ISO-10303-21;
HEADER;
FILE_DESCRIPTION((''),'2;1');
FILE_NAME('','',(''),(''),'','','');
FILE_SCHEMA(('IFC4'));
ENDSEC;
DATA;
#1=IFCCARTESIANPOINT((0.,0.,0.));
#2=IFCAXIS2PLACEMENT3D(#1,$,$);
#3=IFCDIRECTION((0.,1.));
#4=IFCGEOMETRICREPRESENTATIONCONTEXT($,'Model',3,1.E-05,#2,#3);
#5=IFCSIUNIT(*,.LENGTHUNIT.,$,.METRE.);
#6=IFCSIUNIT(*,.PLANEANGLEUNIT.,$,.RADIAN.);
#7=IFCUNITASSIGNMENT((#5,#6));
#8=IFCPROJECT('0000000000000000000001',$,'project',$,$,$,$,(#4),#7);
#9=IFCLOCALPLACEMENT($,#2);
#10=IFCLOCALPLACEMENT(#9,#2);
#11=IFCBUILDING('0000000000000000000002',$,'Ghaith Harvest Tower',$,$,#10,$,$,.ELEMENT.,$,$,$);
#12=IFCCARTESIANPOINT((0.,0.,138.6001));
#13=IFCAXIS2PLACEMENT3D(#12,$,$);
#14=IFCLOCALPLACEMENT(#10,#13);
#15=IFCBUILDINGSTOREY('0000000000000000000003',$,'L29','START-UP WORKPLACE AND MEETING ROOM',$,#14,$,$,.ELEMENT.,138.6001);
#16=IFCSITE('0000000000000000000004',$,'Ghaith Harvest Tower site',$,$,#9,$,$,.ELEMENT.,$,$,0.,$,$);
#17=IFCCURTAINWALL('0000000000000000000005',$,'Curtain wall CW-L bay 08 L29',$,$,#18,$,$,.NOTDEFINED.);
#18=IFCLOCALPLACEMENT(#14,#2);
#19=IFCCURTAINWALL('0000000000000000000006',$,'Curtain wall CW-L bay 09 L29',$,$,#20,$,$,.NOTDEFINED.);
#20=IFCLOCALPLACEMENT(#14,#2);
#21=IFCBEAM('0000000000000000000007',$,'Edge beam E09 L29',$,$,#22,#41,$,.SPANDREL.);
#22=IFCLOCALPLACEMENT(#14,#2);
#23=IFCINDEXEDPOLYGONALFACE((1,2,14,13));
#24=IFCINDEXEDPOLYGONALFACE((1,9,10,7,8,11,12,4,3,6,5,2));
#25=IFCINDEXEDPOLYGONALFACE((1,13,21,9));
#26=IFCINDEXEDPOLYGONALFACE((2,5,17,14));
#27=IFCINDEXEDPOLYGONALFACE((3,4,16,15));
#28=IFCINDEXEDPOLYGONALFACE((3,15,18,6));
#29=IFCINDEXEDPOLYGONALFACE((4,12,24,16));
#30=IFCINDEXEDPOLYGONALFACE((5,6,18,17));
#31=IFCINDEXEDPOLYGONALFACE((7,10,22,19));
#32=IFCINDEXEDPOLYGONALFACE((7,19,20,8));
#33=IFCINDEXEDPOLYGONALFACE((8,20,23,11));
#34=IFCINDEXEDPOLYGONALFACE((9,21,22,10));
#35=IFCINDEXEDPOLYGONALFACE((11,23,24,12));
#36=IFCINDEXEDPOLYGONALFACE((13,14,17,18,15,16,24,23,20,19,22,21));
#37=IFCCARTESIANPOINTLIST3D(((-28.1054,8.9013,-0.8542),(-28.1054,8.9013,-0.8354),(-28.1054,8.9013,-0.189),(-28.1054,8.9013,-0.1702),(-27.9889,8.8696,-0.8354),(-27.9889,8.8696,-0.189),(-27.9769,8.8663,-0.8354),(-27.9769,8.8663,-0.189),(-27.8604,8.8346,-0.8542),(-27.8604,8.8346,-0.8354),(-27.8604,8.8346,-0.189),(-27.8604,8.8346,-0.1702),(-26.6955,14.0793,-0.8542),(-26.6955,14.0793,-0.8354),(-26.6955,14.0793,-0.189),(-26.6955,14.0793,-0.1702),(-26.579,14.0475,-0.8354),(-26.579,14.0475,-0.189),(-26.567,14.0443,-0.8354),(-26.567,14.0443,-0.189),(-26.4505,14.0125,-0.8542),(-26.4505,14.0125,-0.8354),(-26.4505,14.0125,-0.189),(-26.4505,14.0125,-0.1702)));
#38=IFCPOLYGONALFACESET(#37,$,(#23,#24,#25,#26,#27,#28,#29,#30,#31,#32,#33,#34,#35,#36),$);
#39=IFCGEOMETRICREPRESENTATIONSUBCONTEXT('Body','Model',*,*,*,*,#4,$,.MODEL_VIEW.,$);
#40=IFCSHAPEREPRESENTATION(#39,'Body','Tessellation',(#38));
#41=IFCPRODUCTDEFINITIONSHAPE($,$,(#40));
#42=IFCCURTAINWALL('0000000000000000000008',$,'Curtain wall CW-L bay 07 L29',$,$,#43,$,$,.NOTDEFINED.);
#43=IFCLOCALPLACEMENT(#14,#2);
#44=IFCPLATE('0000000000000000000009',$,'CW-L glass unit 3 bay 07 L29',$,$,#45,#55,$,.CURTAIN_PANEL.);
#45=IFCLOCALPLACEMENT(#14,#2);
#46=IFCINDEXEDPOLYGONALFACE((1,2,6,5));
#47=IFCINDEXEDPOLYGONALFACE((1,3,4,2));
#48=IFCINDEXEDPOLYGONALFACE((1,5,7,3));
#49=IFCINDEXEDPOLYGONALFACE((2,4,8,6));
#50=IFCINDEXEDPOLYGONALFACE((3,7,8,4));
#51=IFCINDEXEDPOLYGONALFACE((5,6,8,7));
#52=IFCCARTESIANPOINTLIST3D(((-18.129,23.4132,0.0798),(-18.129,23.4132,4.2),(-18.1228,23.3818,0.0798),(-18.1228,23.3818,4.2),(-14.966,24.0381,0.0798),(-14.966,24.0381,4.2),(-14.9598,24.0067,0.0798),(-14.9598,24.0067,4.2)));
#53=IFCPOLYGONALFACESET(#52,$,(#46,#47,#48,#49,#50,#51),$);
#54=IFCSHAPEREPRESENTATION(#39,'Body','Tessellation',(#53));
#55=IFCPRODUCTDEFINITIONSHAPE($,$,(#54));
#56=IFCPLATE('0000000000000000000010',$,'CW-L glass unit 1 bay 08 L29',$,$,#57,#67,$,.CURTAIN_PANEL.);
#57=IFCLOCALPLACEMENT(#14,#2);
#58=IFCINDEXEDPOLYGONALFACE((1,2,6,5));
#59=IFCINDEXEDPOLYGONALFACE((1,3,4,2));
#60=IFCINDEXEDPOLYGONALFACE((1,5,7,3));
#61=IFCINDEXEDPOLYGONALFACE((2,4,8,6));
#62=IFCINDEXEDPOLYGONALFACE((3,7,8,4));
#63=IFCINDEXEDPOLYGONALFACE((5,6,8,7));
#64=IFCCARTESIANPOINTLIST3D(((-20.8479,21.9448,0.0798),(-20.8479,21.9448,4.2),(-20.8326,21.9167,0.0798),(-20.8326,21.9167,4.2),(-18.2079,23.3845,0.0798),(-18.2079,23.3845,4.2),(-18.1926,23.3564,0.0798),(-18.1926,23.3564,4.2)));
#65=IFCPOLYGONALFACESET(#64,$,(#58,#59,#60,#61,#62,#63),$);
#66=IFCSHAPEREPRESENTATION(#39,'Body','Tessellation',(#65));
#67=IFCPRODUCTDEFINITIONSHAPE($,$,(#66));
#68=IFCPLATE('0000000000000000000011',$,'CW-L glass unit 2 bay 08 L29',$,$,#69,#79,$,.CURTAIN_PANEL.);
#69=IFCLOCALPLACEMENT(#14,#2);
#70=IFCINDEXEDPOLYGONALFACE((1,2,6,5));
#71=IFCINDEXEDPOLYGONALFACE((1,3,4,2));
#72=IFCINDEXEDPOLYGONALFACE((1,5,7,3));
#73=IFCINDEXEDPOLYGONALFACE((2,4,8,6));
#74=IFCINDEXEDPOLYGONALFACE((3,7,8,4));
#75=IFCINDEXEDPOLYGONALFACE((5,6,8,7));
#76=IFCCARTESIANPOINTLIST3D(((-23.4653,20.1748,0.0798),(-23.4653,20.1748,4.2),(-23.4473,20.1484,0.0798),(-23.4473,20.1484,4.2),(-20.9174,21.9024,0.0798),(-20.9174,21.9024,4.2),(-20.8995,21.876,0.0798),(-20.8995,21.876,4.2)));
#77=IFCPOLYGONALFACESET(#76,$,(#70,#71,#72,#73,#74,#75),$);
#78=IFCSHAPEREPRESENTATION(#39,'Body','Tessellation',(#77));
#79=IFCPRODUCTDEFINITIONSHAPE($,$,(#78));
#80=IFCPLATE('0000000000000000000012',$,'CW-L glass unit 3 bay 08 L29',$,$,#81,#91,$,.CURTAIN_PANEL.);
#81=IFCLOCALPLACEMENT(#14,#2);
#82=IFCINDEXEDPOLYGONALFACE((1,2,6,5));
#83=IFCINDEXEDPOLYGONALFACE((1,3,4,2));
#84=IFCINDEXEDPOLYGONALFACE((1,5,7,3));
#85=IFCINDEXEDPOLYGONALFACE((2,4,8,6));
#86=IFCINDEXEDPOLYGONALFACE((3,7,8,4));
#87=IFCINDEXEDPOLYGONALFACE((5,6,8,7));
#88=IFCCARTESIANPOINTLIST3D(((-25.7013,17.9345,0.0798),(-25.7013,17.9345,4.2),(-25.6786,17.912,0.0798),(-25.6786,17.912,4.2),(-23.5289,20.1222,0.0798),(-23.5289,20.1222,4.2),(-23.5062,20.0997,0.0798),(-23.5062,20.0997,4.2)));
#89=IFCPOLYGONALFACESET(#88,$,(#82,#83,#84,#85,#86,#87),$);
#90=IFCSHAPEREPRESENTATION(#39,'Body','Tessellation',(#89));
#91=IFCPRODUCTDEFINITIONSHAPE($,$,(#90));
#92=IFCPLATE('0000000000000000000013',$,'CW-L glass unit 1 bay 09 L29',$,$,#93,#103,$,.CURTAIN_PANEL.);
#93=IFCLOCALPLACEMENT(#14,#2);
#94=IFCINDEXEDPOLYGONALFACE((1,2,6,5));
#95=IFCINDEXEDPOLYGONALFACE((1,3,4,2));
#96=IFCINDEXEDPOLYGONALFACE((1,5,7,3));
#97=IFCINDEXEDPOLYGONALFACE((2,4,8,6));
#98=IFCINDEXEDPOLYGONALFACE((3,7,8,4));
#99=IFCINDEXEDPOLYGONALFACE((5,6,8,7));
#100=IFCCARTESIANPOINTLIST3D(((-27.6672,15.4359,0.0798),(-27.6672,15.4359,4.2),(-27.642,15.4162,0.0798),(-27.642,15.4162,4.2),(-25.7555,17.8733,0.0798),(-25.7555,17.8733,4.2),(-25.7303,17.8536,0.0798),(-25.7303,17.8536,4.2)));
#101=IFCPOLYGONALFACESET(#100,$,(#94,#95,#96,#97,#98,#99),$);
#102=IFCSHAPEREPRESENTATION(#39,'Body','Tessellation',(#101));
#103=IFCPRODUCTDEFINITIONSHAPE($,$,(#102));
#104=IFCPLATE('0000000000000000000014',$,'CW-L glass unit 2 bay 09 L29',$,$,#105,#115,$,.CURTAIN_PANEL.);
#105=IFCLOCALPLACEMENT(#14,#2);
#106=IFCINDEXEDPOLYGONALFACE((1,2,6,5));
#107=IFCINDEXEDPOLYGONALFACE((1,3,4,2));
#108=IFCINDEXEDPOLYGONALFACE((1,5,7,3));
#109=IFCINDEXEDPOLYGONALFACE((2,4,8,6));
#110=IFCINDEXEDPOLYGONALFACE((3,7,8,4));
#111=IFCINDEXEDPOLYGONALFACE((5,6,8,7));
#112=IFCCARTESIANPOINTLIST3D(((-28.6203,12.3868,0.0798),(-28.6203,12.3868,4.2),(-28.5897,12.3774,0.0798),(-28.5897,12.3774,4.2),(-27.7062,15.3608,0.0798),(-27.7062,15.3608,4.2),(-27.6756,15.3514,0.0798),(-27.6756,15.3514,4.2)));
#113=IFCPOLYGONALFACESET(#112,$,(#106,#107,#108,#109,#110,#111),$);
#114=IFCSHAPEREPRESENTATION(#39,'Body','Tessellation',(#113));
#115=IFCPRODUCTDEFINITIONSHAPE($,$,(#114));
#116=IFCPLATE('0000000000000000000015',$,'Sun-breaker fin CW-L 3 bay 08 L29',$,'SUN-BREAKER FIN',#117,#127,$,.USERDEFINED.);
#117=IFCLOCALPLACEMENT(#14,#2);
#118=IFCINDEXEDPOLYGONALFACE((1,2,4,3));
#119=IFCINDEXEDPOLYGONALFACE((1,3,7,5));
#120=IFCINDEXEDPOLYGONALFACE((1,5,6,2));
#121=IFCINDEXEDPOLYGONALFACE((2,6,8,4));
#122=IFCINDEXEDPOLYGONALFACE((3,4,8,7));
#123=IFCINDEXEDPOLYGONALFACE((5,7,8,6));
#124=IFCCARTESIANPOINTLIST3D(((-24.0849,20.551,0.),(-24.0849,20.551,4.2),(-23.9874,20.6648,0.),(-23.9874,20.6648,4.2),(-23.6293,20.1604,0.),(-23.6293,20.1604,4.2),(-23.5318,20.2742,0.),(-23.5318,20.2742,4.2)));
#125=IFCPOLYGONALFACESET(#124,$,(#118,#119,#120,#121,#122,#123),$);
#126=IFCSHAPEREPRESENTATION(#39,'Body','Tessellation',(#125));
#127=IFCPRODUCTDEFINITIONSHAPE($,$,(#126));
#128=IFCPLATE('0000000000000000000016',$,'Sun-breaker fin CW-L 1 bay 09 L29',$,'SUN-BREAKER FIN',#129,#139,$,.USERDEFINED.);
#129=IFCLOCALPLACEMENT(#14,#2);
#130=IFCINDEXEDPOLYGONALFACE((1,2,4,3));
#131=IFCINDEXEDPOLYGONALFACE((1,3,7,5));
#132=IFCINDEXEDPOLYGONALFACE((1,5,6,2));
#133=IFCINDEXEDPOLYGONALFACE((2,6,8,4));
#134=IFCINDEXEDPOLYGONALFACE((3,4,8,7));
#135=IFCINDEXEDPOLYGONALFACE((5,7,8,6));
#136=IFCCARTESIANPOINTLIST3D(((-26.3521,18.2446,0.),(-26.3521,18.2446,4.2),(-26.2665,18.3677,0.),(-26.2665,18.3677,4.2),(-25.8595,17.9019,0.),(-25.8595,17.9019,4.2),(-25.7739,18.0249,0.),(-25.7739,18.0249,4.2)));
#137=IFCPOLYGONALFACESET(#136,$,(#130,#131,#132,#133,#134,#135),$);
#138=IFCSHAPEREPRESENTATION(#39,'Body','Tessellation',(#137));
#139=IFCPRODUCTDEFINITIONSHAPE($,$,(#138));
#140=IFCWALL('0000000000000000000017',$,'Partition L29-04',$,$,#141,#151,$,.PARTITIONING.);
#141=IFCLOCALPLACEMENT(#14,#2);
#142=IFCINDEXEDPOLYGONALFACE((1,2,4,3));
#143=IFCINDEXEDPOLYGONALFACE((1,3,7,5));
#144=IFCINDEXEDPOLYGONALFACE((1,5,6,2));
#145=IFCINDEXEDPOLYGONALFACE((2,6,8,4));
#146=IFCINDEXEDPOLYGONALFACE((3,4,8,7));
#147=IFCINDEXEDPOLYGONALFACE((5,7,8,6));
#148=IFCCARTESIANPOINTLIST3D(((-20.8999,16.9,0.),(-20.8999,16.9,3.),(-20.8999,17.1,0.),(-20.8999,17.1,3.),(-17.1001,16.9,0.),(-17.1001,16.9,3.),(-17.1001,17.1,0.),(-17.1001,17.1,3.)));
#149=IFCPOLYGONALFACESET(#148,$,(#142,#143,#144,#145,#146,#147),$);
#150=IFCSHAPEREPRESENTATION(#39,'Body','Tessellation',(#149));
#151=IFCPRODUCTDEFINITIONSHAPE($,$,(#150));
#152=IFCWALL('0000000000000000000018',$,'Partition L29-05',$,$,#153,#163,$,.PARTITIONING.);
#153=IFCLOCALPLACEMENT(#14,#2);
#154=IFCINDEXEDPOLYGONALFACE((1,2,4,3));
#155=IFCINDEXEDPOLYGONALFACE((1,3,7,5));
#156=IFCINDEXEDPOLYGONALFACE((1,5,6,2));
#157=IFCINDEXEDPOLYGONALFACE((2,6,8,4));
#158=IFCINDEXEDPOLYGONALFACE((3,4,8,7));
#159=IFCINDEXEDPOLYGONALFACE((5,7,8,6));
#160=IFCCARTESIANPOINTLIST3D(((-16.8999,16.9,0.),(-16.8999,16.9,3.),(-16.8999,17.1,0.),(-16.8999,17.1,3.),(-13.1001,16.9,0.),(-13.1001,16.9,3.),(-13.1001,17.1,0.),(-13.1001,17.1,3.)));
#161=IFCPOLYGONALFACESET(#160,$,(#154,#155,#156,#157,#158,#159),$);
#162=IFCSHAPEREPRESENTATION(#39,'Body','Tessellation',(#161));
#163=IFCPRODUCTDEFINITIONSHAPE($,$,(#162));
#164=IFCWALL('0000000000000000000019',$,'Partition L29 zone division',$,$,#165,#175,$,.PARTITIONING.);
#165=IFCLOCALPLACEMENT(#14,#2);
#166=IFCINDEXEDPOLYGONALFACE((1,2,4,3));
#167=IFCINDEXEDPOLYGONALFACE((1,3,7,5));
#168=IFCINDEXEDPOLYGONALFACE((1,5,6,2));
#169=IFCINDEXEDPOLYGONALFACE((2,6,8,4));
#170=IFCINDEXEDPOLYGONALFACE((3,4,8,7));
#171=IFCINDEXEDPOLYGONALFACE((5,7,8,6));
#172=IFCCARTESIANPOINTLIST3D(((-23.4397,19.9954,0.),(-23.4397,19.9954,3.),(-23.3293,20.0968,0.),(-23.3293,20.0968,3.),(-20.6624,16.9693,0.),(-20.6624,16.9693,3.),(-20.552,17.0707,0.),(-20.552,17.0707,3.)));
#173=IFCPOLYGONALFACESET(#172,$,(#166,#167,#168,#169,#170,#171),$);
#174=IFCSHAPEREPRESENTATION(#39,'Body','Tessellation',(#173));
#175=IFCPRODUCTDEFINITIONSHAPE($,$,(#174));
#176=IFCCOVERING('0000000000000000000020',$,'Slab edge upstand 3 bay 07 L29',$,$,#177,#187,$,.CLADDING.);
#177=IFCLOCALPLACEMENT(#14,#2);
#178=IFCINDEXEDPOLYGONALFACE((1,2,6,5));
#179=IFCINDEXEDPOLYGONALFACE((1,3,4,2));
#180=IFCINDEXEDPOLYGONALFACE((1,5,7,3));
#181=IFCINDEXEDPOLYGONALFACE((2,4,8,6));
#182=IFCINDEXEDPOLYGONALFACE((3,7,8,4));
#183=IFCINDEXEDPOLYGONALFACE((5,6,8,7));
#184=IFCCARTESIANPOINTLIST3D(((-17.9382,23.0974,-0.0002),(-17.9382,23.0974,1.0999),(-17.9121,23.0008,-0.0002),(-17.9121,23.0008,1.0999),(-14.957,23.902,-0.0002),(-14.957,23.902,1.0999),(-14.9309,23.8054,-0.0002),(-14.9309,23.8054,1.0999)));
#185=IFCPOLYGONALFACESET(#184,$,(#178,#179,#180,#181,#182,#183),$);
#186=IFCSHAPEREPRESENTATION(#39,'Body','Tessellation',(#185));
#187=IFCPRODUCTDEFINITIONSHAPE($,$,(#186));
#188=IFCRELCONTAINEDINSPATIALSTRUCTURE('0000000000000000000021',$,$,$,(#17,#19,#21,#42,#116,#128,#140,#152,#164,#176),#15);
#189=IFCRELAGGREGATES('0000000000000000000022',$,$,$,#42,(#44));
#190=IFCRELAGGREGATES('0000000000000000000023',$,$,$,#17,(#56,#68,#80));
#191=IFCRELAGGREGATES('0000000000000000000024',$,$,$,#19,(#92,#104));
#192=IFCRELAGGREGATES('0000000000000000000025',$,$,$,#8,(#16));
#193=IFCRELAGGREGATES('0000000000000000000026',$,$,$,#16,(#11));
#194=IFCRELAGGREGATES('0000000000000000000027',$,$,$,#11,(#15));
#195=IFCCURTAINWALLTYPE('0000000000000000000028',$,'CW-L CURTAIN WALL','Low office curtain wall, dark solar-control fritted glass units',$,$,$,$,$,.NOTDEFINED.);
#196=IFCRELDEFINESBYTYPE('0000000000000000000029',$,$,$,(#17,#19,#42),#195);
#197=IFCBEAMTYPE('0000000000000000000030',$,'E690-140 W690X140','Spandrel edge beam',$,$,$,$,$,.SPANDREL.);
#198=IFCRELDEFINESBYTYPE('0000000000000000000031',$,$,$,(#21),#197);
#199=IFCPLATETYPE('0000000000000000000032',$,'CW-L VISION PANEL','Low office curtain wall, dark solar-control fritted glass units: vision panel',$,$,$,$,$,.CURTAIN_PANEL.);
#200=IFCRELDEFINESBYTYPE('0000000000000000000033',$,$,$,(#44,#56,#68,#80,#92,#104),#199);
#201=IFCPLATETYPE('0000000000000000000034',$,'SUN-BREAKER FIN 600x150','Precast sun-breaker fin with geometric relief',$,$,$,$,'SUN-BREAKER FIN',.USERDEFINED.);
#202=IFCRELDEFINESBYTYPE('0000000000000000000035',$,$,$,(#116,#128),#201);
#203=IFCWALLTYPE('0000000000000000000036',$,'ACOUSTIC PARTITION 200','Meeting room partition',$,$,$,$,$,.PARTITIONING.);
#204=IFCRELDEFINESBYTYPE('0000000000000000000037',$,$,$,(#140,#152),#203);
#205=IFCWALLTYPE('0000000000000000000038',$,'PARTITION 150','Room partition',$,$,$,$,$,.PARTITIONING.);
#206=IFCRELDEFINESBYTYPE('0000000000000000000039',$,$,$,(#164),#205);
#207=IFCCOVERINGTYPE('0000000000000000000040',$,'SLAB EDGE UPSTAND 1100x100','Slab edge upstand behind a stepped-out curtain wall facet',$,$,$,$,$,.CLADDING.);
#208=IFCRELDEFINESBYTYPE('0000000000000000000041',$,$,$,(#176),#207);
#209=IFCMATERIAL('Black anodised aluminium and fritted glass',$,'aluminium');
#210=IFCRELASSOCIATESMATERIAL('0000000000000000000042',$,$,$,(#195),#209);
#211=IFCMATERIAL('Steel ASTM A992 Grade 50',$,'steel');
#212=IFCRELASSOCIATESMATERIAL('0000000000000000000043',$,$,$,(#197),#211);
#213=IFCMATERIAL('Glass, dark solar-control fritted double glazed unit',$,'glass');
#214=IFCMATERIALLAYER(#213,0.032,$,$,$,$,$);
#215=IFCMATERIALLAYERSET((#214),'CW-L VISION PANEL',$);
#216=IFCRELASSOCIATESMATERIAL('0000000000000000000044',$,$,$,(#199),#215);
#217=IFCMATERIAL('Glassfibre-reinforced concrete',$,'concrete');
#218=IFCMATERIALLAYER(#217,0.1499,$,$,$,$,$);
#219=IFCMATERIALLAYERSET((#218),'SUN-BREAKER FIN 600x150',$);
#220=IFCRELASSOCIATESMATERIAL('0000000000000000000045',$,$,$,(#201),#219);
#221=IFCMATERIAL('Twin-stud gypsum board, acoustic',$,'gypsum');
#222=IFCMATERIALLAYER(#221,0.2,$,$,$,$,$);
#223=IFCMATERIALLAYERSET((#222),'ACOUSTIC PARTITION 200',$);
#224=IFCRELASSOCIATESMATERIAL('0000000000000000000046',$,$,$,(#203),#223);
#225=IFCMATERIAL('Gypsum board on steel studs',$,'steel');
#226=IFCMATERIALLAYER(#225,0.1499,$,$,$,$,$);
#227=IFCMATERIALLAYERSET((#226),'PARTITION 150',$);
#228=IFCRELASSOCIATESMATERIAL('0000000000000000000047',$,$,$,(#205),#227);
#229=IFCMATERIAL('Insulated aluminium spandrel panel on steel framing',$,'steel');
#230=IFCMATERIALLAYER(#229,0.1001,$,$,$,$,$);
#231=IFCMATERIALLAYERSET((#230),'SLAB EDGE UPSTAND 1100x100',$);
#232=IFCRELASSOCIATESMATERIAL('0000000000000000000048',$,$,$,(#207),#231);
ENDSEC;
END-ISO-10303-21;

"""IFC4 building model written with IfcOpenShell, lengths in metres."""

from ifc_helpers import new_model, si_unit, direction, frame, frame_2d, origin, origin_2d, place, context, subcontext, project, spatial, rectangle, i_section, extrude, material, layer, layer_set, material_profile, profile_set, type_object, element, aggregate, save


model = new_model("IFC4")

# Units and contexts
model_context = context("Model", 3, precision=1e-05, world=origin(), true_north=direction((0.0, 1.0)))
body_context = subcontext(model_context, "Body", "Model", "MODEL_VIEW")
ifc_project = project(units=[si_unit("LENGTHUNIT", "METRE"), si_unit("PLANEANGLEUNIT", "RADIAN")], contexts=[model_context])

# Site, building, storey
site_placement = place(None, origin())
site = spatial("IfcSite", under=ifc_project, at=site_placement, Name="Ghaith Harvest Tower site", CompositionType="ELEMENT", RefElevation=0.0)
building_placement = place(site_placement, origin())
building = spatial("IfcBuilding", under=site, at=building_placement, Name="Ghaith Harvest Tower", CompositionType="ELEMENT")
storey_placement = place(building_placement, frame((0.0, 0.0, 138.6001)))
storey = spatial("IfcBuildingStorey", under=building, at=storey_placement, Name="L29", Description="START-UP WORKPLACE AND MEETING ROOM", CompositionType="ELEMENT", Elevation=138.6001)

# Curtain walls
ifc_material_1 = material(Name="Black anodised aluminium and fritted glass", Category="aluminium")
curtain_wall_type = type_object("IfcCurtainWallType", Name="CW-L CURTAIN WALL", Description="Low office curtain wall, dark solar-control fritted glass units", PredefinedType="NOTDEFINED", material=ifc_material_1)
curtain_wall_1_placement = place(storey_placement, origin())
curtain_wall_1 = element("IfcCurtainWall", 1, at=curtain_wall_1_placement, inside=storey, type_object=curtain_wall_type, Name="Curtain wall CW-L bay 08 L29", PredefinedType="NOTDEFINED")
curtain_wall_2_placement = place(storey_placement, origin())
curtain_wall_2 = element("IfcCurtainWall", 2, at=curtain_wall_2_placement, inside=storey, type_object=curtain_wall_type, Name="Curtain wall CW-L bay 09 L29", PredefinedType="NOTDEFINED")

# Beam
ifc_material_2 = material(Name="Steel ASTM A992 Grade 50", Category="steel")
ifc_material_profile_1 = material_profile(ifc_material_2, i_section(OverallWidth=0.2539, OverallDepth=0.6841, WebThickness=0.0125, FlangeThickness=0.0188, at=origin_2d()), Name="W690X140")
ifc_profile_set_1 = profile_set([ifc_material_profile_1], Name="Steel ASTM A992 Grade 50")
beam_type = type_object("IfcBeamType", Name="E690-140 W690X140", Description="Spandrel edge beam", PredefinedType="SPANDREL", material=ifc_profile_set_1)
beam_1_placement = place(storey_placement, frame((-26.573, 14.0459, -0.5122), z_axis=(-0.262725, -0.964871, 0.0), x_axis=(0.964871, -0.262725, 0.0)))
element("IfcBeam", 3, at=beam_1_placement, inside=storey, type_object=beam_type, Name="Edge beam E09 L29", PredefinedType="SPANDREL", context=body_context, shape_type="SweptSolid", body=[
    extrude(i_section(OverallWidth=0.2539, OverallDepth=0.6841, WebThickness=0.0125, FlangeThickness=0.0188, at=origin_2d()), origin(), (0.0, 0.0, 1.0), 5.3665),
])

# Curtain wall, plate
curtain_wall_3_placement = place(storey_placement, origin())
curtain_wall_3 = element("IfcCurtainWall", 4, at=curtain_wall_3_placement, inside=storey, type_object=curtain_wall_type, Name="Curtain wall CW-L bay 07 L29", PredefinedType="NOTDEFINED")
ifc_material_3 = material(Name="Glass, dark solar-control fritted double glazed unit", Category="glass")
ifc_layer_1 = layer(ifc_material_3, 0.032)
ifc_layer_set_1 = layer_set([ifc_layer_1], Name="CW-L VISION PANEL")
plate_type_1 = type_object("IfcPlateType", Name="CW-L VISION PANEL", Description="Low office curtain wall, dark solar-control fritted glass units: vision panel", PredefinedType="CURTAIN_PANEL", material=ifc_layer_set_1)
plate_1_placement = place(storey_placement, frame((-16.5444, 23.71, 0.0798), z_axis=(0.0, 0.0, 1.0), x_axis=(-0.981038, -0.193818, 0.0)))
plate_1 = element("IfcPlate", 5, at=plate_1_placement, type_object=plate_type_1, Name="CW-L glass unit 3 bay 07 L29", PredefinedType="CURTAIN_PANEL", context=body_context, shape_type="SweptSolid", body=[
    extrude(rectangle(XDim=3.2241, YDim=0.032, at=origin_2d()), origin(), (0.0, 0.0, 1.0), 4.1201),
])
aggregate(curtain_wall_3, [plate_1])

# Plates
plate_2_placement = place(storey_placement, frame((-19.5203, 22.6506, 0.0798), z_axis=(0.0, 0.0, 1.0), x_axis=(-0.87794, -0.47877, 0.0)))
plate_2 = element("IfcPlate", 6, at=plate_2_placement, type_object=plate_type_1, Name="CW-L glass unit 1 bay 08 L29", PredefinedType="CURTAIN_PANEL", context=body_context, shape_type="SweptSolid", body=[
    extrude(rectangle(XDim=3.0071, YDim=0.032, at=origin_2d()), origin(), (0.0, 0.0, 1.0), 4.1201),
])
plate_3_placement = place(storey_placement, frame((-22.1824, 21.0254, 0.0798), z_axis=(0.0, 0.0, 1.0), x_axis=(-0.827675, -0.561208, 0.0)))
plate_3 = element("IfcPlate", 7, at=plate_3_placement, type_object=plate_type_1, Name="CW-L glass unit 2 bay 08 L29", PredefinedType="CURTAIN_PANEL", context=body_context, shape_type="SweptSolid", body=[
    extrude(rectangle(XDim=3.0784, YDim=0.032, at=origin_2d()), origin(), (0.0, 0.0, 1.0), 4.1201),
])
plate_4_placement = place(storey_placement, frame((-24.6038, 19.0171, 0.0798), z_axis=(0.0, 0.0, 1.0), x_axis=(-0.704614, -0.709591, 0.0)))
plate_4 = element("IfcPlate", 8, at=plate_4_placement, type_object=plate_type_1, Name="CW-L glass unit 3 bay 08 L29", PredefinedType="CURTAIN_PANEL", context=body_context, shape_type="SweptSolid", body=[
    extrude(rectangle(XDim=3.083, YDim=0.032, at=origin_2d()), origin(), (0.0, 0.0, 1.0), 4.1201),
])
aggregate(curtain_wall_1, [plate_2, plate_3, plate_4])
plate_5_placement = place(storey_placement, frame((-26.6987, 16.6448, 0.0798), z_axis=(0.0, 0.0, 1.0), x_axis=(-0.617141, -0.786853, 0.0)))
plate_5 = element("IfcPlate", 9, at=plate_5_placement, type_object=plate_type_1, Name="CW-L glass unit 1 bay 09 L29", PredefinedType="CURTAIN_PANEL", context=body_context, shape_type="SweptSolid", body=[
    extrude(rectangle(XDim=3.0977, YDim=0.032, at=origin_2d()), origin(), (0.0, 0.0, 1.0), 4.1201),
])
plate_6_placement = place(storey_placement, frame((-28.1479, 13.8691, 0.0798), z_axis=(0.0, 0.0, 1.0), x_axis=(-0.293803, -0.955866, 0.0)))
plate_6 = element("IfcPlate", 10, at=plate_6_placement, type_object=plate_type_1, Name="CW-L glass unit 2 bay 09 L29", PredefinedType="CURTAIN_PANEL", context=body_context, shape_type="SweptSolid", body=[
    extrude(rectangle(XDim=3.1113, YDim=0.032, at=origin_2d()), origin(), (0.0, 0.0, 1.0), 4.1201),
])
aggregate(curtain_wall_2, [plate_5, plate_6])

# Plates
ifc_material_4 = material(Name="Glassfibre-reinforced concrete", Category="concrete")
ifc_layer_2 = layer(ifc_material_4, 0.1499)
ifc_layer_set_2 = layer_set([ifc_layer_2], Name="SUN-BREAKER FIN 600x150")
plate_type_2 = type_object("IfcPlateType", Name="SUN-BREAKER FIN 600x150", Description="Precast sun-breaker fin with geometric relief", ElementType="SUN-BREAKER FIN", PredefinedType="USERDEFINED", material=ifc_layer_set_2)
for number, where, z_axis, x_axis, name in (
    (11, (-23.8083, 20.4126, 0.0), (0.0, 0.0, 1.0), (-0.75917, 0.650893, 0.0), "Sun-breaker fin CW-L 3 bay 08 L29"),
    (12, (-26.063, 18.1348, 0.0), (0.0, 0.0, 1.0), (-0.820845, 0.57115, 0.0), "Sun-breaker fin CW-L 1 bay 09 L29"),
):
    element("IfcPlate", number, at=place(storey_placement, frame(where, z_axis=z_axis, x_axis=x_axis)), inside=storey, type_object=plate_type_2, Name=name, ObjectType="SUN-BREAKER FIN", PredefinedType="USERDEFINED", context=body_context, shape_type="SweptSolid", body=[
        extrude(rectangle(XDim=0.6001, YDim=0.1499, at=origin_2d()), origin(), (0.0, 0.0, 1.0), 4.2),
    ])

# Walls
ifc_material_5 = material(Name="Twin-stud gypsum board, acoustic", Category="gypsum")
ifc_layer_3 = layer(ifc_material_5, 0.2)
ifc_layer_set_3 = layer_set([ifc_layer_3], Name="ACOUSTIC PARTITION 200")
wall_type_1 = type_object("IfcWallType", Name="ACOUSTIC PARTITION 200", Description="Meeting room partition", PredefinedType="PARTITIONING", material=ifc_layer_set_3)
for number, where, z_axis, x_axis, name in (
    (13, (-20.8999, 17.0, 0.0), (0.0, 0.0, 1.0), (1.0, 0.0, 0.0), "Partition L29-04"),
    (14, (-16.8999, 17.0, 0.0), (0.0, 0.0, 1.0), (1.0, 0.0, 0.0), "Partition L29-05"),
):
    element("IfcWall", number, at=place(storey_placement, frame(where, z_axis=z_axis, x_axis=x_axis)), inside=storey, type_object=wall_type_1, Name=name, PredefinedType="PARTITIONING", context=body_context, shape_type="SweptSolid", body=[
        extrude(rectangle(XDim=3.7998, YDim=0.2, at=frame_2d((1.8999, 0.0))), origin(), (0.0, 0.0, 1.0), 3.0),
    ])
ifc_material_6 = material(Name="Gypsum board on steel studs", Category="steel")
ifc_layer_4 = layer(ifc_material_6, 0.1499)
ifc_layer_set_4 = layer_set([ifc_layer_4], Name="PARTITION 150")
wall_type_2 = type_object("IfcWallType", Name="PARTITION 150", Description="Room partition", PredefinedType="PARTITIONING", material=ifc_layer_set_4)
wall_placement = place(storey_placement, frame((-20.6072, 17.02, 0.0), z_axis=(0.0, 0.0, 1.0), x_axis=(-0.676174, 0.736742, 0.0)))
element("IfcWall", 15, at=wall_placement, inside=storey, type_object=wall_type_2, Name="Partition L29 zone division", PredefinedType="PARTITIONING", context=body_context, shape_type="SweptSolid", body=[
    extrude(rectangle(XDim=4.1074, YDim=0.1499, at=frame_2d((2.0537, 0.0))), origin(), (0.0, 0.0, 1.0), 3.0),
])

# Covering
ifc_material_7 = material(Name="Insulated aluminium spandrel panel on steel framing", Category="steel")
ifc_layer_5 = layer(ifc_material_7, 0.1001)
ifc_layer_set_5 = layer_set([ifc_layer_5], Name="SLAB EDGE UPSTAND 1100x100")
covering_type = type_object("IfcCoveringType", Name="SLAB EDGE UPSTAND 1100x100", Description="Slab edge upstand behind a stepped-out curtain wall facet", PredefinedType="CLADDING", material=ifc_layer_set_5)
covering_1_placement = place(storey_placement, frame((-16.4346, 23.4514, -0.0002), z_axis=(0.0, 0.0, 1.0), x_axis=(-0.965455, -0.26057, 0.0)))
element("IfcCovering", 16, at=covering_1_placement, inside=storey, type_object=covering_type, Name="Slab edge upstand 3 bay 07 L29", PredefinedType="CLADDING", context=body_context, shape_type="SweptSolid", body=[
    extrude(rectangle(XDim=3.0879, YDim=0.1001, at=origin_2d()), origin(), (0.0, 0.0, 1.0), 1.1001),
])

save(model, "model.ifc")
